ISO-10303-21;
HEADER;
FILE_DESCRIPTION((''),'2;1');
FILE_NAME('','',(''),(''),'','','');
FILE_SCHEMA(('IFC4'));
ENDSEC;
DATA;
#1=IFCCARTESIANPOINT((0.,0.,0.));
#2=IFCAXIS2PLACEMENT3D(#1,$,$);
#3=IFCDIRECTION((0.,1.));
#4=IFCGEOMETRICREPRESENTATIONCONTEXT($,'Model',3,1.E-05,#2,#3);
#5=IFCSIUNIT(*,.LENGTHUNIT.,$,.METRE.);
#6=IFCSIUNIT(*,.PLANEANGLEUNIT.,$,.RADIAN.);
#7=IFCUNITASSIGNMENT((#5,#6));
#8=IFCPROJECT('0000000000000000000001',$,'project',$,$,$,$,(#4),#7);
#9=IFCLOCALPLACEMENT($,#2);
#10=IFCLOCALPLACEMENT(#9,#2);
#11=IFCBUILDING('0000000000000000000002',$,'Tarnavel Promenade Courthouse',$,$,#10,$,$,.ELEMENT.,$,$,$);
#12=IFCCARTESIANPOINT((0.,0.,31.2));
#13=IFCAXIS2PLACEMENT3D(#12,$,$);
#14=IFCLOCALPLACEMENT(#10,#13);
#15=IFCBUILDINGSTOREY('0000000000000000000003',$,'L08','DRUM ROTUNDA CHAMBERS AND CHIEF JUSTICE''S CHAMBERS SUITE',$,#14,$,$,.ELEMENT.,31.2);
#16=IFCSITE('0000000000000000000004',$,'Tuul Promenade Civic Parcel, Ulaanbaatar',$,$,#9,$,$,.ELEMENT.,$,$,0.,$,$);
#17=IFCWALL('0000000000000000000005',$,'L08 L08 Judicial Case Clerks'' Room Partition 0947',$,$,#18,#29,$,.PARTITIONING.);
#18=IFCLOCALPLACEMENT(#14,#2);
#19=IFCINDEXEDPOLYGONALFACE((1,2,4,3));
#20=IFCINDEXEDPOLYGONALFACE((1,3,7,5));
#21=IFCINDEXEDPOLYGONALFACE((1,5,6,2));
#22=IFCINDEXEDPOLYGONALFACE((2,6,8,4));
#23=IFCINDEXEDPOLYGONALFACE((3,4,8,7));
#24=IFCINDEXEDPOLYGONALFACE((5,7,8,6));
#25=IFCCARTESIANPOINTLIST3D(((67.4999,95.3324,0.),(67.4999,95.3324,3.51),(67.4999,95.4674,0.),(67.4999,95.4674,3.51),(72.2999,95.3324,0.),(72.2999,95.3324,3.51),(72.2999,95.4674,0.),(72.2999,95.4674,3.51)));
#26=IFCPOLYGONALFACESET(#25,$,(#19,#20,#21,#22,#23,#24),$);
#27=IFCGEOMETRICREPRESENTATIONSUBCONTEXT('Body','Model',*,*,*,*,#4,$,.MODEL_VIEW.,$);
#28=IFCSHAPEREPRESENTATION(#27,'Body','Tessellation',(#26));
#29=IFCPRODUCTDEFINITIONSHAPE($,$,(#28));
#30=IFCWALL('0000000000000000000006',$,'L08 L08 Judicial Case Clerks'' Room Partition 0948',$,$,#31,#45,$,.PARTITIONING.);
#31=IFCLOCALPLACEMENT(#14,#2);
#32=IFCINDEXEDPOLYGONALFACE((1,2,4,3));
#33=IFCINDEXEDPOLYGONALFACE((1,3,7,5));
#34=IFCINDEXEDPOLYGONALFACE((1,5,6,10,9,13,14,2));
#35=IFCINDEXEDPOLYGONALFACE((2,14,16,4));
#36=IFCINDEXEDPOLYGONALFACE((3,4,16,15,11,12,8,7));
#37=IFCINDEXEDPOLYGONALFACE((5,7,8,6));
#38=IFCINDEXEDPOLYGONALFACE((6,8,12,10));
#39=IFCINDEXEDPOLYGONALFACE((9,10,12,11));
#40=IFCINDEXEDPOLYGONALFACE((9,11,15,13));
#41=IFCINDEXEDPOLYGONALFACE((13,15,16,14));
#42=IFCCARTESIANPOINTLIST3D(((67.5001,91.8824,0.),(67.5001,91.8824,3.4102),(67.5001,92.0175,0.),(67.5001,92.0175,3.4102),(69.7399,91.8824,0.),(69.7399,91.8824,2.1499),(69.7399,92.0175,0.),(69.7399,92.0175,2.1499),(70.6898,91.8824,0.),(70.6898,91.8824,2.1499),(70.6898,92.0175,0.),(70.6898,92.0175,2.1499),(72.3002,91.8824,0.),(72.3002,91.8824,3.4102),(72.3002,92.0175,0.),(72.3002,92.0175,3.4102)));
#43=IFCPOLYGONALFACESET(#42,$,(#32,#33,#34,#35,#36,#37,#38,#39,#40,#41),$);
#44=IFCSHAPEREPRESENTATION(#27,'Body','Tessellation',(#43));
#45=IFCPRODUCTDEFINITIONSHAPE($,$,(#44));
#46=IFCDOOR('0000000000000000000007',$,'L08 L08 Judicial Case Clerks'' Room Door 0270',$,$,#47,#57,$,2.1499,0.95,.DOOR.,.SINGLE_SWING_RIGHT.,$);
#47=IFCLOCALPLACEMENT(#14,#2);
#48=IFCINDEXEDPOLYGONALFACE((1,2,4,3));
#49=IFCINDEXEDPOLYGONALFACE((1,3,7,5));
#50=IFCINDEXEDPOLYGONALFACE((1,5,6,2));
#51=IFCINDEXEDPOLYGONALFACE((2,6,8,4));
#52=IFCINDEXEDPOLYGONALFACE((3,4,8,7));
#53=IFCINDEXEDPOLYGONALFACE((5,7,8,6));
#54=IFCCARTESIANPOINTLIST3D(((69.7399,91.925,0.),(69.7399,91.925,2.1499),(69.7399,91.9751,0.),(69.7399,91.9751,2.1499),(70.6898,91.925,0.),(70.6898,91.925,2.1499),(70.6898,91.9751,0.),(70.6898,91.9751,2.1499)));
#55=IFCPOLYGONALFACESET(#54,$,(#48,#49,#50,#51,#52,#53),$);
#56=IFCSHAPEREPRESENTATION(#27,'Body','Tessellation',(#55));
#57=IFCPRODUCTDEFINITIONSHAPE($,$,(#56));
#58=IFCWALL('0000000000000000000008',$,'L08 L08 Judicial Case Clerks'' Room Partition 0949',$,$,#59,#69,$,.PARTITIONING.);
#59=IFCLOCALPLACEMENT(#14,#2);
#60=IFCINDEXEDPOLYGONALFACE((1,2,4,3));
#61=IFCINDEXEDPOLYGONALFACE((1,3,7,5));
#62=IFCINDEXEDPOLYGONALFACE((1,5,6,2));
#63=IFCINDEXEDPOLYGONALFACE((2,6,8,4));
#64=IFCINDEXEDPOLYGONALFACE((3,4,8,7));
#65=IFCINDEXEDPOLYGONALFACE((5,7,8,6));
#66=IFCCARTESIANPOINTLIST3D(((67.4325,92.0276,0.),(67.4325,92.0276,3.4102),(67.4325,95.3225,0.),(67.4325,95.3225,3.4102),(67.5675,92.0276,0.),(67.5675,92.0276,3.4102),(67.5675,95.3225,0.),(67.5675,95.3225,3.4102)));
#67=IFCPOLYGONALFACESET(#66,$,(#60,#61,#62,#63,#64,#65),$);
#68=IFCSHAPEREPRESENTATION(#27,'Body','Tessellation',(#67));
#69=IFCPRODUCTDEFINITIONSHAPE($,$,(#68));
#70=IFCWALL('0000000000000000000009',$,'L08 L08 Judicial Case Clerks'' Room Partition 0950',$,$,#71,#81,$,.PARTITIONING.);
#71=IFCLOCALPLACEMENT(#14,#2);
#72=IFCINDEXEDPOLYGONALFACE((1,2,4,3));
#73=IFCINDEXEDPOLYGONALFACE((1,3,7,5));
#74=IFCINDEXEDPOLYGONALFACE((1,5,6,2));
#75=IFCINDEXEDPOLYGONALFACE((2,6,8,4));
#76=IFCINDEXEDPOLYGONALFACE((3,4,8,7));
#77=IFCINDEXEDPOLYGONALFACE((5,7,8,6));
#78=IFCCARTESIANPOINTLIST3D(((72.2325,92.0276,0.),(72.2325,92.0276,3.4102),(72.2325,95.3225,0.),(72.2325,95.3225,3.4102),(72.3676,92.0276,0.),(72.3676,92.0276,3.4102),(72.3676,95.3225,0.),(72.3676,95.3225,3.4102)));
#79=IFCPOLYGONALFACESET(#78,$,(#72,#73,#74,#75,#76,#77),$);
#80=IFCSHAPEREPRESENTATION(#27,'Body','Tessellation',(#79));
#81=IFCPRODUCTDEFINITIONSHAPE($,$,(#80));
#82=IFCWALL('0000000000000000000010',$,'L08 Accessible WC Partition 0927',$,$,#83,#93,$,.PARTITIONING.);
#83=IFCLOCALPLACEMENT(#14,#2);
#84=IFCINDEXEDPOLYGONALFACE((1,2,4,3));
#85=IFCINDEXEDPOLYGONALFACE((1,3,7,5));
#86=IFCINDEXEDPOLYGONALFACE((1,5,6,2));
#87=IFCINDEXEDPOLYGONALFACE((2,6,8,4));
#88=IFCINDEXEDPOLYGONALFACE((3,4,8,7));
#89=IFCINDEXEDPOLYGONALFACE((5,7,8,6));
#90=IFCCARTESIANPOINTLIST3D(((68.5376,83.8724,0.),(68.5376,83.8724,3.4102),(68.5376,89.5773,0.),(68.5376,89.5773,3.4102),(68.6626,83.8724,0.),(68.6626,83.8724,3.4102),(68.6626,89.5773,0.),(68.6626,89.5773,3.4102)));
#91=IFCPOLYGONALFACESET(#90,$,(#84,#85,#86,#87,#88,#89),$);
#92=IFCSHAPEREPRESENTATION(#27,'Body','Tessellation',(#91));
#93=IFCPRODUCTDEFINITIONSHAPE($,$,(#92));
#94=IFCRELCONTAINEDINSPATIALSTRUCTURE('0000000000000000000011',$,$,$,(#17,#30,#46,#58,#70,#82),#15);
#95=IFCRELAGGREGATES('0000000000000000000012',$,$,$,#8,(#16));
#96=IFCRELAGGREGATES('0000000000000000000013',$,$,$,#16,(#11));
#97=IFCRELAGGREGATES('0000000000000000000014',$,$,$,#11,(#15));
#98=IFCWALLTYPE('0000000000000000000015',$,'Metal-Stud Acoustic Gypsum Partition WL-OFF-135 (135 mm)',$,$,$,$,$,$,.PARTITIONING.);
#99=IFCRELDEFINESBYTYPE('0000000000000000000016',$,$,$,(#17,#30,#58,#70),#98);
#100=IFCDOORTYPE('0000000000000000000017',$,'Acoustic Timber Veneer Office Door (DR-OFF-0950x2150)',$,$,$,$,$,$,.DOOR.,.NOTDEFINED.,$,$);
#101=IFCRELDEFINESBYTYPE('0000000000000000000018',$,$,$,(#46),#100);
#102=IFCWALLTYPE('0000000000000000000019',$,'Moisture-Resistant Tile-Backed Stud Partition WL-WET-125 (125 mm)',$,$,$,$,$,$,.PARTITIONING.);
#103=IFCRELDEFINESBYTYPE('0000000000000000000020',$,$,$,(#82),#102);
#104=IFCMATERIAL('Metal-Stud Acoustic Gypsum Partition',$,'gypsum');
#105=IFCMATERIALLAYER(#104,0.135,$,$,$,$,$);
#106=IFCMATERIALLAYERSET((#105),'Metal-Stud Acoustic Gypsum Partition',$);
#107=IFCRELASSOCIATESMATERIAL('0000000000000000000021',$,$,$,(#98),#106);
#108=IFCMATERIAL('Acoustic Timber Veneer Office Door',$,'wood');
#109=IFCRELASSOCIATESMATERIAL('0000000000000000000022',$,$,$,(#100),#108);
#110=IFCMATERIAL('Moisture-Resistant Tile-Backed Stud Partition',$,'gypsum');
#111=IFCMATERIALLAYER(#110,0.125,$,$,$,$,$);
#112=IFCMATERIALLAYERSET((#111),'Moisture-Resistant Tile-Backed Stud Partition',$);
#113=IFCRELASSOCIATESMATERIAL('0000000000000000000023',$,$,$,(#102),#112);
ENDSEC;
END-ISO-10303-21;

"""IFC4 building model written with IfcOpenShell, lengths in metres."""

from ifc_helpers import new_model, si_unit, direction, frame, frame_2d, origin, place, context, subcontext, project, spatial, rectangle, extrude, material, layer, layer_set, type_object, element, fill, save


model = new_model("IFC4")

# Units and contexts
model_context = context("Model", 3, precision=1e-05, world=origin(), true_north=direction((0.0, 1.0)))
body_context = subcontext(model_context, "Body", "Model", "MODEL_VIEW")
ifc_project = project(units=[si_unit("LENGTHUNIT", "METRE"), si_unit("PLANEANGLEUNIT", "RADIAN")], contexts=[model_context])

# Site, building, storey
site_placement = place(None, origin())
site = spatial("IfcSite", under=ifc_project, at=site_placement, Name="Tuul Promenade Civic Parcel, Ulaanbaatar", CompositionType="ELEMENT", RefElevation=0.0)
building_placement = place(site_placement, origin())
building = spatial("IfcBuilding", under=site, at=building_placement, Name="Tarnavel Promenade Courthouse", CompositionType="ELEMENT")
storey_placement = place(building_placement, frame((0.0, 0.0, 31.2)))
storey = spatial("IfcBuildingStorey", under=building, at=storey_placement, Name="L08", Description="DRUM ROTUNDA CHAMBERS AND CHIEF JUSTICE'S CHAMBERS SUITE", CompositionType="ELEMENT", Elevation=31.2)

# Wall
ifc_material_1 = material(Name="Metal-Stud Acoustic Gypsum Partition", Category="gypsum")
ifc_layer_1 = layer(ifc_material_1, 0.135)
ifc_layer_set_1 = layer_set([ifc_layer_1], Name="Metal-Stud Acoustic Gypsum Partition")
wall_type_1 = type_object("IfcWallType", Name="Metal-Stud Acoustic Gypsum Partition WL-OFF-135 (135 mm)", PredefinedType="PARTITIONING", material=ifc_layer_set_1)
wall_1_placement = place(storey_placement, frame((67.5, 95.3999, 0.0), z_axis=(0.0, 0.0, 1.0), x_axis=(1.0, 0.0, 0.0)))
element("IfcWall", 1, at=wall_1_placement, inside=storey, type_object=wall_type_1, Name="L08 L08 Judicial Case Clerks' Room Partition 0947", PredefinedType="PARTITIONING", context=body_context, shape_type="SweptSolid", body=[
    extrude(rectangle(XDim=4.8, YDim=0.135, at=frame_2d((2.3999, 0.0))), origin(), (0.0, 0.0, 1.0), 3.51),
])

# Wall, opening, door
wall_2_placement = place(storey_placement, frame((72.3, 91.95, 0.0), z_axis=(0.0, 0.0, 1.0), x_axis=(-1.0, 0.0, 0.0)))
wall_2 = element("IfcWall", 2, at=wall_2_placement, inside=storey, type_object=wall_type_1, Name="L08 L08 Judicial Case Clerks' Room Partition 0948", PredefinedType="PARTITIONING", context=body_context, shape_type="SweptSolid", body=[
    extrude(rectangle(XDim=4.8, YDim=0.135, at=frame_2d((2.3999, 0.0))), origin(), (0.0, 0.0, 1.0), 3.4102),
])
opening_1_placement = place(wall_2_placement, frame((1.6101, 0.0, 0.0)))
opening_1 = element("IfcOpeningElement", 3, at=opening_1_placement, cuts=wall_2, PredefinedType="OPENING", context=body_context, shape_type="SweptSolid", body=[
    extrude(rectangle(XDim=0.95, YDim=2.1499, at=frame_2d((0.4751, 1.075))), frame((0.0, 0.0774, 0.0), z_axis=(0.0, -1.0, 0.0), x_axis=(1.0, 0.0, 0.0)), (0.0, 0.0, 1.0), 0.155),
])
ifc_material_2 = material(Name="Acoustic Timber Veneer Office Door", Category="wood")
door_type_1 = type_object("IfcDoorType", Name="Acoustic Timber Veneer Office Door (DR-OFF-0950x2150)", OperationType="NOTDEFINED", PredefinedType="DOOR", material=ifc_material_2)
door_1_placement = place(opening_1_placement, origin())
door_1 = element("IfcDoor", 4, at=door_1_placement, inside=storey, type_object=door_type_1, Name="L08 L08 Judicial Case Clerks' Room Door 0270", OperationType="SINGLE_SWING_RIGHT", OverallHeight=2.1499, OverallWidth=0.95, PredefinedType="DOOR", context=body_context, shape_type="SweptSolid", body=[
    extrude(rectangle(XDim=0.95, YDim=2.1499, at=frame_2d((0.4751, 1.075))), frame((0.0, 0.0249, 0.0), z_axis=(0.0, -1.0, 0.0), x_axis=(1.0, 0.0, 0.0)), (0.0, 0.0, 1.0), 0.05),
])
fill(opening_1, door_1)

# Walls
for number, where, z_axis, x_axis, name in (
    (5, (67.5, 92.0276, 0.0), (0.0, 0.0, 1.0), (0.0, 1.0, 0.0), "L08 L08 Judicial Case Clerks' Room Partition 0949"),
    (6, (72.3, 95.3225, 0.0), (0.0, 0.0, 1.0), (0.0, -1.0, 0.0), "L08 L08 Judicial Case Clerks' Room Partition 0950"),
):
    element("IfcWall", number, at=place(storey_placement, frame(where, z_axis=z_axis, x_axis=x_axis)), inside=storey, type_object=wall_type_1, Name=name, PredefinedType="PARTITIONING", context=body_context, shape_type="SweptSolid", body=[
        extrude(rectangle(XDim=3.2949, YDim=0.135, at=frame_2d((1.6475, 0.0))), origin(), (0.0, 0.0, 1.0), 3.4102),
    ])
ifc_material_3 = material(Name="Moisture-Resistant Tile-Backed Stud Partition", Category="gypsum")
ifc_layer_2 = layer(ifc_material_3, 0.125)
ifc_layer_set_2 = layer_set([ifc_layer_2], Name="Moisture-Resistant Tile-Backed Stud Partition")
wall_type_2 = type_object("IfcWallType", Name="Moisture-Resistant Tile-Backed Stud Partition WL-WET-125 (125 mm)", PredefinedType="PARTITIONING", material=ifc_layer_set_2)
wall_3_placement = place(storey_placement, frame((68.6001, 89.5774, 0.0), z_axis=(0.0, 0.0, 1.0), x_axis=(0.0, -1.0, 0.0)))
element("IfcWall", 7, at=wall_3_placement, inside=storey, type_object=wall_type_2, Name="L08 Accessible WC Partition 0927", PredefinedType="PARTITIONING", context=body_context, shape_type="SweptSolid", body=[
    extrude(rectangle(XDim=5.7048, YDim=0.125, at=frame_2d((2.8525, 0.0))), origin(), (0.0, 0.0, 1.0), 3.4102),
])

save(model, "model.ifc")
